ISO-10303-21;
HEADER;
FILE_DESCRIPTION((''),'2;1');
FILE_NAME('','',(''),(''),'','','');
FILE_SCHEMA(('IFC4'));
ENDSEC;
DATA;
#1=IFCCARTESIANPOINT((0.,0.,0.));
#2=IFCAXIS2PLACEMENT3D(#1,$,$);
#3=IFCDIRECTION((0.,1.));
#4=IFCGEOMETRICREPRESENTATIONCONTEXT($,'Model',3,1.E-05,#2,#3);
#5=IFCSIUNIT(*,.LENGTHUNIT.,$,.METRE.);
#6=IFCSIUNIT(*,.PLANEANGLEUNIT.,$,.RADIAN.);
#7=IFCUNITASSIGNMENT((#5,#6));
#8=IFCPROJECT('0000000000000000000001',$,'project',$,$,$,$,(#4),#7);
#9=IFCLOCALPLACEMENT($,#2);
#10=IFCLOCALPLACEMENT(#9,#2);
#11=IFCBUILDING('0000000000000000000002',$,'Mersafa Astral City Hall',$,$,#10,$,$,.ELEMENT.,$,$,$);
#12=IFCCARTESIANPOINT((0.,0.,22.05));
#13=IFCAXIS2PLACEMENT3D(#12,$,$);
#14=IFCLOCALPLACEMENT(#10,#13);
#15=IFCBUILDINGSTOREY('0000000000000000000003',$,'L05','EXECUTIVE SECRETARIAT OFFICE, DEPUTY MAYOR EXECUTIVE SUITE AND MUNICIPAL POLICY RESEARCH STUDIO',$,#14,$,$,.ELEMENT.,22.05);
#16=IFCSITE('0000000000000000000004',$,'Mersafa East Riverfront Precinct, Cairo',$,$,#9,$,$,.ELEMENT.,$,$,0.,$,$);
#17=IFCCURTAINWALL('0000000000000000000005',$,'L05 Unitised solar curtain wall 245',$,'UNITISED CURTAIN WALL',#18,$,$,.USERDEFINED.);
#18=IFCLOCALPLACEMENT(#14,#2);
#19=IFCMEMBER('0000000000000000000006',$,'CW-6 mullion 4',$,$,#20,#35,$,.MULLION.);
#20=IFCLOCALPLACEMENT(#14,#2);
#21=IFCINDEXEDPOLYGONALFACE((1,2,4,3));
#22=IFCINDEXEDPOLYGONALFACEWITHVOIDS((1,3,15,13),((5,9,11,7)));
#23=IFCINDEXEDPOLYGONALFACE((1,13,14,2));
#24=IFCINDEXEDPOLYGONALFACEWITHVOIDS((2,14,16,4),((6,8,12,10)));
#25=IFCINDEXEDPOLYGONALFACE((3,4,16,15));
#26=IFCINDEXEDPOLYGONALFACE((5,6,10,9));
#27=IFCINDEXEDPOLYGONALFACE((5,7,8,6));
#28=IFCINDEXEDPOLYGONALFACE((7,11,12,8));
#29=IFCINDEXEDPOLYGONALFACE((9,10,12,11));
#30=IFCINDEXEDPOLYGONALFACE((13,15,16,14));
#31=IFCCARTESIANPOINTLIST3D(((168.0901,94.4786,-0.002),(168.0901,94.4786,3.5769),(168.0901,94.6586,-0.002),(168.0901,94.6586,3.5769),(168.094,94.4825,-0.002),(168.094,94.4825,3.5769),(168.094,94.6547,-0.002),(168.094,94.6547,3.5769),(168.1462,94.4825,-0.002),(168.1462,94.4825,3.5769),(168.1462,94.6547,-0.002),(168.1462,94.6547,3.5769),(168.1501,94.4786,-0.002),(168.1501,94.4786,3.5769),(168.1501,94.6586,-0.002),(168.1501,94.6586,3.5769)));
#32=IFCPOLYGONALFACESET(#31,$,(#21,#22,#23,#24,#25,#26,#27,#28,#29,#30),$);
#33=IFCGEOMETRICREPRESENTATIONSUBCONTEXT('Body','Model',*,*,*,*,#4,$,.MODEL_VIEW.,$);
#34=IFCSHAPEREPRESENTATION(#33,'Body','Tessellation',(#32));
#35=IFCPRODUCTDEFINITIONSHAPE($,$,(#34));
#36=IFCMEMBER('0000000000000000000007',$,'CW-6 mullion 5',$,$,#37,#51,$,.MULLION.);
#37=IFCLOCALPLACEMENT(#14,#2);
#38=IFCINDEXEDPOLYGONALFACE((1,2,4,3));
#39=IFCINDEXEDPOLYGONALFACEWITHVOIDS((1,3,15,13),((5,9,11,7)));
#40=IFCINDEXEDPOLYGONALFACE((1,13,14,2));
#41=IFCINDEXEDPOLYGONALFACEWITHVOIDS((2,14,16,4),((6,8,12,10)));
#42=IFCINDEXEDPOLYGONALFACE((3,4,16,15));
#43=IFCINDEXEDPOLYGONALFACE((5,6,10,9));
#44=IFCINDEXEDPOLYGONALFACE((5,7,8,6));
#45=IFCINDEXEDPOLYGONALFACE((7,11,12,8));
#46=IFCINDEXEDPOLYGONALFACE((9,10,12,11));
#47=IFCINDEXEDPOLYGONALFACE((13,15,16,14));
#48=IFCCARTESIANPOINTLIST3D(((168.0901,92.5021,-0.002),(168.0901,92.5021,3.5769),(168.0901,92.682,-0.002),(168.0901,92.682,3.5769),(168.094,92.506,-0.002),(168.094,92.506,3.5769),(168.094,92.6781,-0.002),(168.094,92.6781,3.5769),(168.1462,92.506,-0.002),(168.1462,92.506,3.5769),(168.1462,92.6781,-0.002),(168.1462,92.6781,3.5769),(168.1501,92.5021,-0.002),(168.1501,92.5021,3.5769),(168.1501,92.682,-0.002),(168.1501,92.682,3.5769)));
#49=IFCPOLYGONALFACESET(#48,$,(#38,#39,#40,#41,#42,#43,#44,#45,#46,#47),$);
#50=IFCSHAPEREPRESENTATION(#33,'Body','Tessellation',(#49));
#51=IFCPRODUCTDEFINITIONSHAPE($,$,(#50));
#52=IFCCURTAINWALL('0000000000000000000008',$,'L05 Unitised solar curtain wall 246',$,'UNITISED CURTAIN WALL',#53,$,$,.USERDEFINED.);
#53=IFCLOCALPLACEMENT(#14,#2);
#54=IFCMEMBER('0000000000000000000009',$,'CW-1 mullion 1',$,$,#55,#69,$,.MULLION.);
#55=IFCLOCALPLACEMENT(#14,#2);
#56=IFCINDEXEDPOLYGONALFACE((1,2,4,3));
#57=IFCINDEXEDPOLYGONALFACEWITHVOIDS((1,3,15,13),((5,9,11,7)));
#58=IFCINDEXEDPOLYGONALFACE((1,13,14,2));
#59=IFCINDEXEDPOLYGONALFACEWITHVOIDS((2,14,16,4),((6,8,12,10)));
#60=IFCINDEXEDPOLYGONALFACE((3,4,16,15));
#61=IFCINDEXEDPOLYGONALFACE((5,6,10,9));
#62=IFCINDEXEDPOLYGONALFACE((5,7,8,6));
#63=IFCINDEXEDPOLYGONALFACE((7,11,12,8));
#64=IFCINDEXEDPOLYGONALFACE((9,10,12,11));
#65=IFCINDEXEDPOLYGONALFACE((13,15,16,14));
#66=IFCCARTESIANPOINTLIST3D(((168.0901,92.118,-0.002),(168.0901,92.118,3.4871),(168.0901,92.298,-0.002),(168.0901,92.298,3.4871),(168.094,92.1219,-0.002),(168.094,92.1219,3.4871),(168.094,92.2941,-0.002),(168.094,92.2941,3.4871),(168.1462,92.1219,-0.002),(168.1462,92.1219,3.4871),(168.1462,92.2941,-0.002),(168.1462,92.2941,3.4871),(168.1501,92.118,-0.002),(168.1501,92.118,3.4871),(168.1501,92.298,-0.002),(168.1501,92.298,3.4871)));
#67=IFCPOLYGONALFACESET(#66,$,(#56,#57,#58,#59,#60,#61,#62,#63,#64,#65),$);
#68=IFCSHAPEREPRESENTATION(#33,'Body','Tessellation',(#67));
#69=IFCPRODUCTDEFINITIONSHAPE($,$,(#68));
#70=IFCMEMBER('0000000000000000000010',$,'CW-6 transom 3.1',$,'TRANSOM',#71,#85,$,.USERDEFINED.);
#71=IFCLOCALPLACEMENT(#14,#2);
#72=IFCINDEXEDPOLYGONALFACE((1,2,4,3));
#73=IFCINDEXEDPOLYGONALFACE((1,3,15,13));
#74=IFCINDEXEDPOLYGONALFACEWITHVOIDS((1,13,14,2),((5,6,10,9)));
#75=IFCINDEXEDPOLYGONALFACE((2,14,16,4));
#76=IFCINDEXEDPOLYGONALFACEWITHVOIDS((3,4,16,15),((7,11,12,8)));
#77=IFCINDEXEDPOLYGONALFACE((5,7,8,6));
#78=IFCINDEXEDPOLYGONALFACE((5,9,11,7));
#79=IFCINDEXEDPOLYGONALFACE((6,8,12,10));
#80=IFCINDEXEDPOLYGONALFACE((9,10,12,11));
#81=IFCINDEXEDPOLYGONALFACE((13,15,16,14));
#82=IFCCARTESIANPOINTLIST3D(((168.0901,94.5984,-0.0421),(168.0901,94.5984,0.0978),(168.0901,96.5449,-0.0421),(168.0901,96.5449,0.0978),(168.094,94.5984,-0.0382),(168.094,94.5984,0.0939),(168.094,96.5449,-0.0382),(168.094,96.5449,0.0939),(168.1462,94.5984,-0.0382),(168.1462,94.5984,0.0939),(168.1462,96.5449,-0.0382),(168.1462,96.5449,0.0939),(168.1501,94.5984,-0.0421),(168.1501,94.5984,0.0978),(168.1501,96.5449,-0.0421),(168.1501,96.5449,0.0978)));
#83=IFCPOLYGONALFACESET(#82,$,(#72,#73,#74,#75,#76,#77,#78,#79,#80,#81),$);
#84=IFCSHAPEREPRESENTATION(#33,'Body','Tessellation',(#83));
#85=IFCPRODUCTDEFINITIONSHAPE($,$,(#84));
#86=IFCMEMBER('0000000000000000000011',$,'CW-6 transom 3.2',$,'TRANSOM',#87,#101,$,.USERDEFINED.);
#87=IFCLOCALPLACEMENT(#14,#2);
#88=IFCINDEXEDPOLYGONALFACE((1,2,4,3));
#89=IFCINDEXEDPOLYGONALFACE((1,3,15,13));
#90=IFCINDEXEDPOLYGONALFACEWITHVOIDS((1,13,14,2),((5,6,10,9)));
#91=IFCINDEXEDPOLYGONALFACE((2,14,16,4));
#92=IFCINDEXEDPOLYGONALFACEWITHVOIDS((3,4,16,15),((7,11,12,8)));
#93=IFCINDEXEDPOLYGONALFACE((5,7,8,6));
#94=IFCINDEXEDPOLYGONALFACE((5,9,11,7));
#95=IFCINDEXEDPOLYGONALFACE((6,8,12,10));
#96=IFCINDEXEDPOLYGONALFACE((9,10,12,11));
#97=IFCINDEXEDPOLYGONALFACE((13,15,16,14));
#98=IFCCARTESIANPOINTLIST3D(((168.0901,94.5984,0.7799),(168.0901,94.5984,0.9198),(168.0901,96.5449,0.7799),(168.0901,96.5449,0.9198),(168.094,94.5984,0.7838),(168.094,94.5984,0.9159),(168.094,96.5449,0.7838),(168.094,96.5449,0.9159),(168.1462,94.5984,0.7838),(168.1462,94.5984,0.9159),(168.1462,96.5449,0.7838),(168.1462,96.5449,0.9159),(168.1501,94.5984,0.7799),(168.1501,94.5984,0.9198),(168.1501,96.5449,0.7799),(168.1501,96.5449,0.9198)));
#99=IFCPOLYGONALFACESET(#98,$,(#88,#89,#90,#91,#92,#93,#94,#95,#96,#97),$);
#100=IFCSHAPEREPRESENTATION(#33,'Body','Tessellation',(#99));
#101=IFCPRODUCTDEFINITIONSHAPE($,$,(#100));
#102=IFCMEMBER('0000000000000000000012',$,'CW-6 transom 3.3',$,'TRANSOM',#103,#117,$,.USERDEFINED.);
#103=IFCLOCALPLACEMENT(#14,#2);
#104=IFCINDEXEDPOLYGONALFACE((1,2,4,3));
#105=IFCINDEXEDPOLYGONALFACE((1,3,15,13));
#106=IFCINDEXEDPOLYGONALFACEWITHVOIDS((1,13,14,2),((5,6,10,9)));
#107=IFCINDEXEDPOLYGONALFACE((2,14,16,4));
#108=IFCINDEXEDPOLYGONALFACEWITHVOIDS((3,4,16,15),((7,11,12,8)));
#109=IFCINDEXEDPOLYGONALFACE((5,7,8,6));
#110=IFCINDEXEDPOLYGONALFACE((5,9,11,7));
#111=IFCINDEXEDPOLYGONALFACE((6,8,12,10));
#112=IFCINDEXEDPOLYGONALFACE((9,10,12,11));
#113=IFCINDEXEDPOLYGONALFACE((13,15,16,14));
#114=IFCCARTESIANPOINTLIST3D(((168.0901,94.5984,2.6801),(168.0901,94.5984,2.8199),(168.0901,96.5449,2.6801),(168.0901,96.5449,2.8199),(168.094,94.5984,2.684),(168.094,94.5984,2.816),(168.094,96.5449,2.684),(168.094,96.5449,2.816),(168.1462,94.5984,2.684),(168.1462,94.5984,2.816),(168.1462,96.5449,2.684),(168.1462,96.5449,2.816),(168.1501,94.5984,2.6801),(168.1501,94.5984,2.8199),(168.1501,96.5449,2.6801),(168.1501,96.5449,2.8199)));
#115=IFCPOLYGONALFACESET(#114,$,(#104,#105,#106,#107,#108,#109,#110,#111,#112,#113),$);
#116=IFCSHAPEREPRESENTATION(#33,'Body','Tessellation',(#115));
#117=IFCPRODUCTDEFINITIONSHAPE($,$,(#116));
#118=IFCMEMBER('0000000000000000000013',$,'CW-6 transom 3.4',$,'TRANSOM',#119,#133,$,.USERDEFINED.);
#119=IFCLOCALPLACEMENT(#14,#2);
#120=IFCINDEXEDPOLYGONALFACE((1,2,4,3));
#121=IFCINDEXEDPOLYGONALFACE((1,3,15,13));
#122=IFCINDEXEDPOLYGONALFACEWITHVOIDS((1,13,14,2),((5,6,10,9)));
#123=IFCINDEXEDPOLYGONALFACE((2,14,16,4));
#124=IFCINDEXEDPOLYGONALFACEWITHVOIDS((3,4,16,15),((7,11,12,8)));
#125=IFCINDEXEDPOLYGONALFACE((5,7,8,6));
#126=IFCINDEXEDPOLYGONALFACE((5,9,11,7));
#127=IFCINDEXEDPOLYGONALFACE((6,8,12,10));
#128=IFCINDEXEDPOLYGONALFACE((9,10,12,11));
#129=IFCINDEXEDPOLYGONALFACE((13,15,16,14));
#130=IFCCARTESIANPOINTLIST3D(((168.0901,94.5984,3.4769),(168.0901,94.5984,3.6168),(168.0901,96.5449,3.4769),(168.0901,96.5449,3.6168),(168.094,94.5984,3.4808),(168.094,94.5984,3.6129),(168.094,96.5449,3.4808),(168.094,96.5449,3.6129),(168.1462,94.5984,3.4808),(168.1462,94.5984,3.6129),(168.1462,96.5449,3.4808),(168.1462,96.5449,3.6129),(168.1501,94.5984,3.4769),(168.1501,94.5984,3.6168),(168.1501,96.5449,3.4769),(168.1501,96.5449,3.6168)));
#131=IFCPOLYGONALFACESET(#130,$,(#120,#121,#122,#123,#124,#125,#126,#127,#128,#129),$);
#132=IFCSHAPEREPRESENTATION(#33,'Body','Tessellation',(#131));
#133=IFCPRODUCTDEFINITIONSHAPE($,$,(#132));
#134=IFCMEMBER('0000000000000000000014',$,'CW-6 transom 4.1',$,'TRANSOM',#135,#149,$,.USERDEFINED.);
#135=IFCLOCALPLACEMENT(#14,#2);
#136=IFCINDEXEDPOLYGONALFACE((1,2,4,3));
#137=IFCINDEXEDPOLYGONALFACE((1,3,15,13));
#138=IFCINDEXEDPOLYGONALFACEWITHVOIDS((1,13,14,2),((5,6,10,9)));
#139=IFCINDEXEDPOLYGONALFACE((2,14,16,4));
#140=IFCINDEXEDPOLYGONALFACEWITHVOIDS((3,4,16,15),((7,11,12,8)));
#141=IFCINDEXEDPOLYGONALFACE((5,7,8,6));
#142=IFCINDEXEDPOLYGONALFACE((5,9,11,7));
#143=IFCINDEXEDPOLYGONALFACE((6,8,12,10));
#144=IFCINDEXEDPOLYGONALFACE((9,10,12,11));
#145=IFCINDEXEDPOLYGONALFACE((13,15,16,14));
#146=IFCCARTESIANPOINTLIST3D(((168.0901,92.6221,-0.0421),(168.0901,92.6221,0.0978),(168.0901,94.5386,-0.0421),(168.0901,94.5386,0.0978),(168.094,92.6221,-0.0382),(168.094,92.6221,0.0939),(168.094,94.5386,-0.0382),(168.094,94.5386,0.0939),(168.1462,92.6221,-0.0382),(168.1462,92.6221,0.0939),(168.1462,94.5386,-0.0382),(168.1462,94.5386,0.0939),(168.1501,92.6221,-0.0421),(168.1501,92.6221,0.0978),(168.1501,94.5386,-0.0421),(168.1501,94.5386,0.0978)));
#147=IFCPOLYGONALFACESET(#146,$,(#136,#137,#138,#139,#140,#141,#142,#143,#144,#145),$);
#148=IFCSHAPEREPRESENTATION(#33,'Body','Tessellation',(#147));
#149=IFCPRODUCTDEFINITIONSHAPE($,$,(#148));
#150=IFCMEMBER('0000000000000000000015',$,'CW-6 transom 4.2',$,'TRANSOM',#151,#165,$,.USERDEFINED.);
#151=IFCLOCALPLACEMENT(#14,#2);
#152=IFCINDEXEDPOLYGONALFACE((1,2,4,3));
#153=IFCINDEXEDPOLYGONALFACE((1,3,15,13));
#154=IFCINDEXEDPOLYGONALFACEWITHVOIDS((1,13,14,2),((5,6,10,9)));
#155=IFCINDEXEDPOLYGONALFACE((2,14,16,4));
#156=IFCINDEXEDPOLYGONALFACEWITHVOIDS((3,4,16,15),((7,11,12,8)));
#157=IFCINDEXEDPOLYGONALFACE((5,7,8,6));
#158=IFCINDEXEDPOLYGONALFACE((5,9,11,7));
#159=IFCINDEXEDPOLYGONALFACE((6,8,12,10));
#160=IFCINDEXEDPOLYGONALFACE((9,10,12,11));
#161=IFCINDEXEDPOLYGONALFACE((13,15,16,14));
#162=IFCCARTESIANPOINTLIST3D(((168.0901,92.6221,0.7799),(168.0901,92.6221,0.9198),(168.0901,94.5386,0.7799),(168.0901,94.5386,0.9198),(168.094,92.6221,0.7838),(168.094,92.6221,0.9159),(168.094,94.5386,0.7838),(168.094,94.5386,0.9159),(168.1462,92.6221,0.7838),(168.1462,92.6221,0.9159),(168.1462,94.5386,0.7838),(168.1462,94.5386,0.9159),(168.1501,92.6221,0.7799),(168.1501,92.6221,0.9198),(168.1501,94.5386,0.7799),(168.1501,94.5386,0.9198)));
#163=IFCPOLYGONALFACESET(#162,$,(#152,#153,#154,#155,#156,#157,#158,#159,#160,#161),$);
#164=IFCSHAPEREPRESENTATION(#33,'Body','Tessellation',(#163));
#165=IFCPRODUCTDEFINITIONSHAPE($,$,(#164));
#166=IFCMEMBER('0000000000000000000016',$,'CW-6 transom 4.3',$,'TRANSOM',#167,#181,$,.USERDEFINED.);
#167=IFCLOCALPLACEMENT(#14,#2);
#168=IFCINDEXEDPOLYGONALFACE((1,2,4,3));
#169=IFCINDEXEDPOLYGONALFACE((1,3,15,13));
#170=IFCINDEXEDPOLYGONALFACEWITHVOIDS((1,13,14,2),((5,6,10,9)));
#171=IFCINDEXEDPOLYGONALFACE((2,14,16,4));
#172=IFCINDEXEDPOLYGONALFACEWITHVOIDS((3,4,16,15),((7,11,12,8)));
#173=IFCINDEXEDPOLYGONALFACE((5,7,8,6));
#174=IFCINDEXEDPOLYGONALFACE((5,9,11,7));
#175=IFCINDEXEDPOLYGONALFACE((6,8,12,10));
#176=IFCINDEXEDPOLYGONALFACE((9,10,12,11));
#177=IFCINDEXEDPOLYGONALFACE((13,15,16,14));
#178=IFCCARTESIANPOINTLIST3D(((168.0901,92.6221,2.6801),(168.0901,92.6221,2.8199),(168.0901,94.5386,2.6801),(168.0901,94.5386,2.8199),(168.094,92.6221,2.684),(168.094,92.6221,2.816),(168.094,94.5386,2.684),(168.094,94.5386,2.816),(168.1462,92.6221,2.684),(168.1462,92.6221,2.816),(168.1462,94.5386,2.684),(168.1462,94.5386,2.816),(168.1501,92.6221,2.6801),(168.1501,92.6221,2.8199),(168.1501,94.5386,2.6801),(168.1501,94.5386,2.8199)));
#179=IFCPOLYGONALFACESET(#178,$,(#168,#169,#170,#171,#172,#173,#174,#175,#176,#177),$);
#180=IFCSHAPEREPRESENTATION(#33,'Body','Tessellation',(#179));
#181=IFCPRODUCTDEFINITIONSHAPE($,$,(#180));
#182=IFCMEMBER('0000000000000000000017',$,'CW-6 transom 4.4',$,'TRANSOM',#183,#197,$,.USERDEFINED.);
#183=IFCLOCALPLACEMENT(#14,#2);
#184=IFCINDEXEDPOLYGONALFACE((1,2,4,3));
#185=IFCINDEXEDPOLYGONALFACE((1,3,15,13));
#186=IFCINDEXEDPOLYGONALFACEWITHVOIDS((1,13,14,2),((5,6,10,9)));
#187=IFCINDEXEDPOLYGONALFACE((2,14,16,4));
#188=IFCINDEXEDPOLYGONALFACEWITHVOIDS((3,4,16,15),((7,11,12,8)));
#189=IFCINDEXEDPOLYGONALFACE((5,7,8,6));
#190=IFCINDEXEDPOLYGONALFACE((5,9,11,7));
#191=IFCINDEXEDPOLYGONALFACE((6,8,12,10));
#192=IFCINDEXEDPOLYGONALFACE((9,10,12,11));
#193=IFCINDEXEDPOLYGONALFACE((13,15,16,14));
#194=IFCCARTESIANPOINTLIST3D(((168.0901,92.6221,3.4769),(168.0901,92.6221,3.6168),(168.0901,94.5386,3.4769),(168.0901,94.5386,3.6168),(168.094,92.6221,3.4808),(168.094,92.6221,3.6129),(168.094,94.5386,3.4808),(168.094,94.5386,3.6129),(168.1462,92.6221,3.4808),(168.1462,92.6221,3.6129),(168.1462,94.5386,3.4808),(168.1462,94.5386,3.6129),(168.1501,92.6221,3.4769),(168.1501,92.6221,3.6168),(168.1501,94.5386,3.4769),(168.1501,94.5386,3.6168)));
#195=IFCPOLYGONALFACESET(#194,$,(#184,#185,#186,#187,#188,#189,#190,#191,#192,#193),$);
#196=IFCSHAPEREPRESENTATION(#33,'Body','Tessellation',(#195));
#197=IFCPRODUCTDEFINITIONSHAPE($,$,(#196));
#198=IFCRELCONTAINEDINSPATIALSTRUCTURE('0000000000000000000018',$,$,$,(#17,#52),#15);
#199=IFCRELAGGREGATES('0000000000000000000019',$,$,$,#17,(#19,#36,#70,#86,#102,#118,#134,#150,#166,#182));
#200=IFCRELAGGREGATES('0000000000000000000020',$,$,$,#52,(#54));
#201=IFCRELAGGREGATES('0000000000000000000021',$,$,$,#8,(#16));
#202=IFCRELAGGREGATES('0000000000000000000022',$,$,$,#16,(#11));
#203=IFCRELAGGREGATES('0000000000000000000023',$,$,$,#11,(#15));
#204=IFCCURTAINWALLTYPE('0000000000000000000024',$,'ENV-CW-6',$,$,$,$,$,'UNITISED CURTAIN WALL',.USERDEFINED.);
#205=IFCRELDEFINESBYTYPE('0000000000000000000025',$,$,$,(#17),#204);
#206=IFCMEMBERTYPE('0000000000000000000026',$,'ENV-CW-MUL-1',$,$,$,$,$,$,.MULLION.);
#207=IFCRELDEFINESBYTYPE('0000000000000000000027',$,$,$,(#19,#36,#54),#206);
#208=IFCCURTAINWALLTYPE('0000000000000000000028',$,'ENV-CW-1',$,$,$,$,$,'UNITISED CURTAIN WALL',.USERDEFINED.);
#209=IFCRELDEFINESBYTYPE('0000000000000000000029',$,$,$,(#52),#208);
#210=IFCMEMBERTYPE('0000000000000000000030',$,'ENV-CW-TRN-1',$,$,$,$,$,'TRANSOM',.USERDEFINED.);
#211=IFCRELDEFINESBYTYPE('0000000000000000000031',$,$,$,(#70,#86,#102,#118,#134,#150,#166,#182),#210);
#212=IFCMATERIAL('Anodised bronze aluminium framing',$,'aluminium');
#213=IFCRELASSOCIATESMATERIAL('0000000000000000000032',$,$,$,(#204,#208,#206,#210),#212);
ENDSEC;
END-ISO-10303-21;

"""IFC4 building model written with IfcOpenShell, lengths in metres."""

from ifc_helpers import new_model, si_unit, direction, frame, origin, origin_2d, place, context, subcontext, project, spatial, hollow_rectangle, extrude, material, material_profile, profile_set, type_object, element, aggregate, save


model = new_model("IFC4")

# Units and contexts
model_context = context("Model", 3, precision=1e-05, world=origin(), true_north=direction((0.0, 1.0)))
body_context = subcontext(model_context, "Body", "Model", "MODEL_VIEW")
ifc_project = project(units=[si_unit("LENGTHUNIT", "METRE"), si_unit("PLANEANGLEUNIT", "RADIAN")], contexts=[model_context])

# Site, building, storey
site_placement = place(None, origin())
site = spatial("IfcSite", under=ifc_project, at=site_placement, Name="Mersafa East Riverfront Precinct, Cairo", CompositionType="ELEMENT", RefElevation=0.0)
building_placement = place(site_placement, origin())
building = spatial("IfcBuilding", under=site, at=building_placement, Name="Mersafa Astral City Hall", CompositionType="ELEMENT")
storey_placement = place(building_placement, frame((0.0, 0.0, 22.05)))
storey = spatial("IfcBuildingStorey", under=building, at=storey_placement, Name="L05", Description="EXECUTIVE SECRETARIAT OFFICE, DEPUTY MAYOR EXECUTIVE SUITE AND MUNICIPAL POLICY RESEARCH STUDIO", CompositionType="ELEMENT", Elevation=22.05)

# Curtain wall, members
ifc_material_1 = material(Name="Anodised bronze aluminium framing", Category="aluminium")
curtain_wall_type_1 = type_object("IfcCurtainWallType", Name="ENV-CW-6", ElementType="UNITISED CURTAIN WALL", PredefinedType="USERDEFINED", material=ifc_material_1)
curtain_wall_1_placement = place(storey_placement, origin())
curtain_wall_1 = element("IfcCurtainWall", 1, at=curtain_wall_1_placement, inside=storey, type_object=curtain_wall_type_1, Name="L05 Unitised solar curtain wall 245", ObjectType="UNITISED CURTAIN WALL", PredefinedType="USERDEFINED")
ifc_material_profile_1 = material_profile(ifc_material_1, hollow_rectangle(XDim=0.0601, YDim=0.1799, WallThickness=0.0039, at=origin_2d()), Name="RHS 60x180x4")
ifc_profile_set_1 = profile_set([ifc_material_profile_1], Name="Anodised bronze aluminium framing")
member_type_1 = type_object("IfcMemberType", Name="ENV-CW-MUL-1", PredefinedType="MULLION", material=ifc_profile_set_1)
member_1_placement = place(storey_placement, frame((168.1201, 94.5686, -0.002), z_axis=(0.0, 0.0, 1.0), x_axis=(1.0, 0.0, 0.0)))
member_1 = element("IfcMember", 2, at=member_1_placement, type_object=member_type_1, Name="CW-6 mullion 4", PredefinedType="MULLION", context=body_context, shape_type="SweptSolid", body=[
    extrude(hollow_rectangle(XDim=0.0601, YDim=0.1799, WallThickness=0.0039, at=origin_2d()), origin(), (0.0, 0.0, 1.0), 3.5789),
])
member_2_placement = place(storey_placement, frame((168.1201, 92.592, -0.002), z_axis=(0.0, 0.0, 1.0), x_axis=(1.0, 0.0, 0.0)))
member_2 = element("IfcMember", 3, at=member_2_placement, type_object=member_type_1, Name="CW-6 mullion 5", PredefinedType="MULLION", context=body_context, shape_type="SweptSolid", body=[
    extrude(hollow_rectangle(XDim=0.0601, YDim=0.1799, WallThickness=0.0039, at=origin_2d()), origin(), (0.0, 0.0, 1.0), 3.5789),
])

# Curtain wall, member
curtain_wall_type_2 = type_object("IfcCurtainWallType", Name="ENV-CW-1", ElementType="UNITISED CURTAIN WALL", PredefinedType="USERDEFINED", material=ifc_material_1)
curtain_wall_2_placement = place(storey_placement, origin())
curtain_wall_2 = element("IfcCurtainWall", 4, at=curtain_wall_2_placement, inside=storey, type_object=curtain_wall_type_2, Name="L05 Unitised solar curtain wall 246", ObjectType="UNITISED CURTAIN WALL", PredefinedType="USERDEFINED")
member_3_placement = place(storey_placement, frame((168.1201, 92.208, -0.002), z_axis=(0.0, 0.0, 1.0), x_axis=(1.0, 0.0, 0.0)))
member_3 = element("IfcMember", 5, at=member_3_placement, type_object=member_type_1, Name="CW-1 mullion 1", PredefinedType="MULLION", context=body_context, shape_type="SweptSolid", body=[
    extrude(hollow_rectangle(XDim=0.0601, YDim=0.1799, WallThickness=0.0039, at=origin_2d()), origin(), (0.0, 0.0, 1.0), 3.489),
])

# Members
ifc_material_profile_2 = material_profile(ifc_material_1, hollow_rectangle(XDim=0.0601, YDim=0.1399, WallThickness=0.0039, at=origin_2d()), Name="RHS 60x140x4")
ifc_profile_set_2 = profile_set([ifc_material_profile_2], Name="Anodised bronze aluminium framing")
member_type_2 = type_object("IfcMemberType", Name="ENV-CW-TRN-1", ElementType="TRANSOM", PredefinedType="USERDEFINED", material=ifc_profile_set_2)
member_4_placement = place(storey_placement, frame((168.1201, 96.5449, 0.0278), z_axis=(0.0, -1.0, 0.0), x_axis=(1.0, 0.0, 0.0)))
member_4 = element("IfcMember", 6, at=member_4_placement, type_object=member_type_2, Name="CW-6 transom 3.1", ObjectType="TRANSOM", PredefinedType="USERDEFINED", context=body_context, shape_type="SweptSolid", body=[
    extrude(hollow_rectangle(XDim=0.0601, YDim=0.1399, WallThickness=0.0039, at=origin_2d()), origin(), (0.0, 0.0, 1.0), 1.9465),
])
member_5_placement = place(storey_placement, frame((168.1201, 96.5449, 0.8499), z_axis=(0.0, -1.0, 0.0), x_axis=(1.0, 0.0, 0.0)))
member_5 = element("IfcMember", 7, at=member_5_placement, type_object=member_type_2, Name="CW-6 transom 3.2", ObjectType="TRANSOM", PredefinedType="USERDEFINED", context=body_context, shape_type="SweptSolid", body=[
    extrude(hollow_rectangle(XDim=0.0601, YDim=0.1399, WallThickness=0.0039, at=origin_2d()), origin(), (0.0, 0.0, 1.0), 1.9465),
])
member_6_placement = place(storey_placement, frame((168.1201, 96.5449, 2.75), z_axis=(0.0, -1.0, 0.0), x_axis=(1.0, 0.0, 0.0)))
member_6 = element("IfcMember", 8, at=member_6_placement, type_object=member_type_2, Name="CW-6 transom 3.3", ObjectType="TRANSOM", PredefinedType="USERDEFINED", context=body_context, shape_type="SweptSolid", body=[
    extrude(hollow_rectangle(XDim=0.0601, YDim=0.1399, WallThickness=0.0039, at=origin_2d()), origin(), (0.0, 0.0, 1.0), 1.9465),
])
member_7_placement = place(storey_placement, frame((168.1201, 96.5449, 3.5469), z_axis=(0.0, -1.0, 0.0), x_axis=(1.0, 0.0, 0.0)))
member_7 = element("IfcMember", 9, at=member_7_placement, type_object=member_type_2, Name="CW-6 transom 3.4", ObjectType="TRANSOM", PredefinedType="USERDEFINED", context=body_context, shape_type="SweptSolid", body=[
    extrude(hollow_rectangle(XDim=0.0601, YDim=0.1399, WallThickness=0.0039, at=origin_2d()), origin(), (0.0, 0.0, 1.0), 1.9465),
])
member_8_placement = place(storey_placement, frame((168.1201, 94.5386, 0.0278), z_axis=(0.0, -1.0, 0.0), x_axis=(1.0, 0.0, 0.0)))
member_8 = element("IfcMember", 10, at=member_8_placement, type_object=member_type_2, Name="CW-6 transom 4.1", ObjectType="TRANSOM", PredefinedType="USERDEFINED", context=body_context, shape_type="SweptSolid", body=[
    extrude(hollow_rectangle(XDim=0.0601, YDim=0.1399, WallThickness=0.0039, at=origin_2d()), origin(), (0.0, 0.0, 1.0), 1.9165),
])
member_9_placement = place(storey_placement, frame((168.1201, 94.5386, 0.8499), z_axis=(0.0, -1.0, 0.0), x_axis=(1.0, 0.0, 0.0)))
member_9 = element("IfcMember", 11, at=member_9_placement, type_object=member_type_2, Name="CW-6 transom 4.2", ObjectType="TRANSOM", PredefinedType="USERDEFINED", context=body_context, shape_type="SweptSolid", body=[
    extrude(hollow_rectangle(XDim=0.0601, YDim=0.1399, WallThickness=0.0039, at=origin_2d()), origin(), (0.0, 0.0, 1.0), 1.9165),
])
member_10_placement = place(storey_placement, frame((168.1201, 94.5386, 2.75), z_axis=(0.0, -1.0, 0.0), x_axis=(1.0, 0.0, 0.0)))
member_10 = element("IfcMember", 12, at=member_10_placement, type_object=member_type_2, Name="CW-6 transom 4.3", ObjectType="TRANSOM", PredefinedType="USERDEFINED", context=body_context, shape_type="SweptSolid", body=[
    extrude(hollow_rectangle(XDim=0.0601, YDim=0.1399, WallThickness=0.0039, at=origin_2d()), origin(), (0.0, 0.0, 1.0), 1.9165),
])
member_11_placement = place(storey_placement, frame((168.1201, 94.5386, 3.5469), z_axis=(0.0, -1.0, 0.0), x_axis=(1.0, 0.0, 0.0)))
member_11 = element("IfcMember", 13, at=member_11_placement, type_object=member_type_2, Name="CW-6 transom 4.4", ObjectType="TRANSOM", PredefinedType="USERDEFINED", context=body_context, shape_type="SweptSolid", body=[
    extrude(hollow_rectangle(XDim=0.0601, YDim=0.1399, WallThickness=0.0039, at=origin_2d()), origin(), (0.0, 0.0, 1.0), 1.9165),
])

aggregate(curtain_wall_1, [member_1, member_2, member_4, member_5, member_6, member_7, member_8, member_9, member_10, member_11])
aggregate(curtain_wall_2, [member_3])

save(model, "model.ifc")
